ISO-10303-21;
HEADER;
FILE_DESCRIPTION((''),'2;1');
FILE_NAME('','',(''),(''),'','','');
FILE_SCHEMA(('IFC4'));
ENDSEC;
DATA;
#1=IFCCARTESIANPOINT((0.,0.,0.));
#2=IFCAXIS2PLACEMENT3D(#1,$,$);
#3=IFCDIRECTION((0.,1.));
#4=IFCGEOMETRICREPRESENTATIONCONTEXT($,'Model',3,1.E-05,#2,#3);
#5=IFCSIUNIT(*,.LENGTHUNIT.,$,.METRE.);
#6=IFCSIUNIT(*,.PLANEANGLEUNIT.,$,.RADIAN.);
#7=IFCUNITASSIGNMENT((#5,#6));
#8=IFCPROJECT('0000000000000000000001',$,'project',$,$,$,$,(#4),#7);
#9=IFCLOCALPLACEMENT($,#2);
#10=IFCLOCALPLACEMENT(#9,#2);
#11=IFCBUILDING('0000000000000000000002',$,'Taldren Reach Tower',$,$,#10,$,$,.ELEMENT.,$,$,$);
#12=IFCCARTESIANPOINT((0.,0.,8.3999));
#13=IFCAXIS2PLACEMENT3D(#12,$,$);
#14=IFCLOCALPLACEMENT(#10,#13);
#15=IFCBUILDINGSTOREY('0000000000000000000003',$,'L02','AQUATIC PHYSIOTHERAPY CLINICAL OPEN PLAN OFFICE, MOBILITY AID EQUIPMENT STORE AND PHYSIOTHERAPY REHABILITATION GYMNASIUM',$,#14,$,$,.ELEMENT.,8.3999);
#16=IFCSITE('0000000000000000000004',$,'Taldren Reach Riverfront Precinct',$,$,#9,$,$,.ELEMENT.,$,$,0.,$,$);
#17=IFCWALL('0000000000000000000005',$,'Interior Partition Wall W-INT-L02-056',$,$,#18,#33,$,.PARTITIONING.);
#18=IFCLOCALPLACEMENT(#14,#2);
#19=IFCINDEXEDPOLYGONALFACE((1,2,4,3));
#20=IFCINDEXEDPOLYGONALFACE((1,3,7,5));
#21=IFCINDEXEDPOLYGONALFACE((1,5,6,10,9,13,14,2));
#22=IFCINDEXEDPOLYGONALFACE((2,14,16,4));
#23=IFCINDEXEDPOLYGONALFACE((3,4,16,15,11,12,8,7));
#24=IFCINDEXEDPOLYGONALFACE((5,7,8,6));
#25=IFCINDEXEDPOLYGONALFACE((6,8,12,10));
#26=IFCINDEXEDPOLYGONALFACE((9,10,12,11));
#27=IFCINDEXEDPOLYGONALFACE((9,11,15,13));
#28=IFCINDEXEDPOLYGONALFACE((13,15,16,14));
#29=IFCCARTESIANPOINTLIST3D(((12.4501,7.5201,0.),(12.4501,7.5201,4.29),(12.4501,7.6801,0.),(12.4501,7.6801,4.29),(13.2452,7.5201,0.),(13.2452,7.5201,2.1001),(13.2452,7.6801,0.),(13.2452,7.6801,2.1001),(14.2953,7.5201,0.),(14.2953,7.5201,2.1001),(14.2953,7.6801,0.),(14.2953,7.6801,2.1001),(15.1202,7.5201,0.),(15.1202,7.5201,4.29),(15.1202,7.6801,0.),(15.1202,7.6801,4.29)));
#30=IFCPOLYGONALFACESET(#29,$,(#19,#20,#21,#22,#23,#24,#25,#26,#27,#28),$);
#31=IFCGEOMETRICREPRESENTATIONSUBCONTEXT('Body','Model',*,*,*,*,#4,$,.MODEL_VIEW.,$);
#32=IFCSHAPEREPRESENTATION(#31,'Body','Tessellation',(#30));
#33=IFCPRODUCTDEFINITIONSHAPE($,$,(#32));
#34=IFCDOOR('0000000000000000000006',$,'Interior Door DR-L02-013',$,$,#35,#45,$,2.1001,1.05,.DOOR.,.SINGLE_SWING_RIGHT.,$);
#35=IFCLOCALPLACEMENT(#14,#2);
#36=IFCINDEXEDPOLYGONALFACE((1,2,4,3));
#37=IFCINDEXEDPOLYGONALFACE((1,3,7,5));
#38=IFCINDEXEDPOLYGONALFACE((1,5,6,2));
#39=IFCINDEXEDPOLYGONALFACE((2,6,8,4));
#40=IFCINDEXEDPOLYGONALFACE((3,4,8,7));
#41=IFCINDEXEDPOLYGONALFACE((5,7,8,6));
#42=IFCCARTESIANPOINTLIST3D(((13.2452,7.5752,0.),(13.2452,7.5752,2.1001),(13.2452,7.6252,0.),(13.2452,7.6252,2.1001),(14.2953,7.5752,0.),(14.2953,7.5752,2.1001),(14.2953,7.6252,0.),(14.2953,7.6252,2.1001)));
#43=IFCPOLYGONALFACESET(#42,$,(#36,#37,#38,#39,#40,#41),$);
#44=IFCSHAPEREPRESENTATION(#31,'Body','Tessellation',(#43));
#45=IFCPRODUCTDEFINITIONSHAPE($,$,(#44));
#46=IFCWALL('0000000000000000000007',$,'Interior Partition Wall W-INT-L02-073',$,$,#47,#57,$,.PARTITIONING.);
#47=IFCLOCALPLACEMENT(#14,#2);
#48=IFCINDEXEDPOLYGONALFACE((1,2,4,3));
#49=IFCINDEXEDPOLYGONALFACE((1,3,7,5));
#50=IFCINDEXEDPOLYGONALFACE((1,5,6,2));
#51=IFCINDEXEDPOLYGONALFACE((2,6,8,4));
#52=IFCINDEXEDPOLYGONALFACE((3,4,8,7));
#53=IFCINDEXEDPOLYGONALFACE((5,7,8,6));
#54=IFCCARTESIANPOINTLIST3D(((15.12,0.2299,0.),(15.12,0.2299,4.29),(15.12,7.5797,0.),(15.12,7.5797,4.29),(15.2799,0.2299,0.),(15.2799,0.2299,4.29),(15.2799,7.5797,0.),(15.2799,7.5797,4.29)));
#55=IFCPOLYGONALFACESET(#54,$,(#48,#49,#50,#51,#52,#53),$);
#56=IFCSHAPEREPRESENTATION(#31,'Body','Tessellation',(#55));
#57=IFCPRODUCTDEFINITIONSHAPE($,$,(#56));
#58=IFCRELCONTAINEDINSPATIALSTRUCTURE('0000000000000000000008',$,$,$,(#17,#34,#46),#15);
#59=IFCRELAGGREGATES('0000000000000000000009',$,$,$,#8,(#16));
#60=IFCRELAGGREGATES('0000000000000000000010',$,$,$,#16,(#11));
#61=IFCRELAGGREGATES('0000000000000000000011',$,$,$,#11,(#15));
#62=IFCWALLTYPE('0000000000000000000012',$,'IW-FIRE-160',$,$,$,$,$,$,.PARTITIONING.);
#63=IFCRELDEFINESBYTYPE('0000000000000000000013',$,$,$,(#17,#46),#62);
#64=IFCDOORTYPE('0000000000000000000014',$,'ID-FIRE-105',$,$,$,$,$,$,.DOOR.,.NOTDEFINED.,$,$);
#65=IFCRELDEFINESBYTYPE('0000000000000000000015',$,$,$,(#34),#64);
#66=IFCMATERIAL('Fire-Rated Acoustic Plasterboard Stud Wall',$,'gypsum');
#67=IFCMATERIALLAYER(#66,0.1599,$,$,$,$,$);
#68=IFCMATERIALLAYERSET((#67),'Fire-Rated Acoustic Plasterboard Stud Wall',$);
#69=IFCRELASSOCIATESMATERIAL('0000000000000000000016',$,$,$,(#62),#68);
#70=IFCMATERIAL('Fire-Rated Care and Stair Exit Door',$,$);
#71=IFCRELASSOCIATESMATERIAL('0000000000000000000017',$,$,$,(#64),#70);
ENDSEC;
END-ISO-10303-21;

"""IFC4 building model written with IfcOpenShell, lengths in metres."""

from ifc_helpers import new_model, si_unit, direction, frame, frame_2d, origin, place, context, subcontext, project, spatial, rectangle, extrude, source, transform, mapped, material, layer, layer_set, type_object, element, fill, save


model = new_model("IFC4")

# Units and contexts
model_context = context("Model", 3, precision=1e-05, world=origin(), true_north=direction((0.0, 1.0)))
body_context = subcontext(model_context, "Body", "Model", "MODEL_VIEW")
ifc_project = project(units=[si_unit("LENGTHUNIT", "METRE"), si_unit("PLANEANGLEUNIT", "RADIAN")], contexts=[model_context])

# Site, building, storey
site_placement = place(None, origin())
site = spatial("IfcSite", under=ifc_project, at=site_placement, Name="Taldren Reach Riverfront Precinct", CompositionType="ELEMENT", RefElevation=0.0)
building_placement = place(site_placement, origin())
building = spatial("IfcBuilding", under=site, at=building_placement, Name="Taldren Reach Tower", CompositionType="ELEMENT")
storey_placement = place(building_placement, frame((0.0, 0.0, 8.3999)))
storey = spatial("IfcBuildingStorey", under=building, at=storey_placement, Name="L02", Description="AQUATIC PHYSIOTHERAPY CLINICAL OPEN PLAN OFFICE, MOBILITY AID EQUIPMENT STORE AND PHYSIOTHERAPY REHABILITATION GYMNASIUM", CompositionType="ELEMENT", Elevation=8.3999)

# Wall, opening, door
ifc_material_1 = material(Name="Fire-Rated Acoustic Plasterboard Stud Wall", Category="gypsum")
ifc_layer_1 = layer(ifc_material_1, 0.1599)
ifc_layer_set_1 = layer_set([ifc_layer_1], Name="Fire-Rated Acoustic Plasterboard Stud Wall")
wall_type_1 = type_object("IfcWallType", Name="IW-FIRE-160", PredefinedType="PARTITIONING", material=ifc_layer_set_1)
shared_shape_1 = source(origin(), body_context, "Body", "SweptSolid", [
    extrude(rectangle(XDim=2.6702, YDim=0.1599, at=frame_2d((1.335, 0.0))), origin(), (0.0, 0.0, 1.0), 4.29),
])
wall_1_placement = place(storey_placement, frame((15.1201, 7.6001, 0.0), z_axis=(0.0, 0.0, 1.0), x_axis=(-1.0, 0.0, 0.0)))
wall_1 = element("IfcWall", 1, at=wall_1_placement, inside=storey, type_object=wall_type_1, Name="Interior Partition Wall W-INT-L02-056", PredefinedType="PARTITIONING", context=body_context, shape_type="MappedRepresentation", body=[
    mapped(shared_shape_1, transform((0.0, 0.0, 0.0), scale=1.0)),
])
shared_shape_2 = source(origin(), body_context, "Body", "SweptSolid", [
    extrude(rectangle(XDim=1.05, YDim=2.1001, at=frame_2d((0.5249, 1.05))), frame((0.0, 0.0898, 0.0), z_axis=(0.0, -1.0, 0.0), x_axis=(1.0, 0.0, 0.0)), (0.0, 0.0, 1.0), 0.1799),
])
opening_1_placement = place(wall_1_placement, frame((0.825, 0.0, 0.0)))
opening_1 = element("IfcOpeningElement", 2, at=opening_1_placement, cuts=wall_1, PredefinedType="OPENING", context=body_context, shape_type="MappedRepresentation", body=[
    mapped(shared_shape_2, transform((0.0, 0.0, 0.0), scale=1.0)),
])
ifc_material_2 = material(Name="Fire-Rated Care and Stair Exit Door")
door_type = type_object("IfcDoorType", Name="ID-FIRE-105", OperationType="NOTDEFINED", PredefinedType="DOOR", material=ifc_material_2)
shared_shape_3 = source(origin(), body_context, "Body", "SweptSolid", [
    extrude(rectangle(XDim=1.05, YDim=2.1001, at=frame_2d((0.5249, 1.05))), frame((0.0, 0.0249, 0.0), z_axis=(0.0, -1.0, 0.0), x_axis=(1.0, 0.0, 0.0)), (0.0, 0.0, 1.0), 0.05),
])
door_placement = place(opening_1_placement, origin())
door = element("IfcDoor", 3, at=door_placement, inside=storey, type_object=door_type, Name="Interior Door DR-L02-013", OperationType="SINGLE_SWING_RIGHT", OverallHeight=2.1001, OverallWidth=1.05, PredefinedType="DOOR", context=body_context, shape_type="MappedRepresentation", body=[
    mapped(shared_shape_3, transform((0.0, 0.0, 0.0), scale=1.0)),
])
fill(opening_1, door)

# Wall
shared_shape_4 = source(origin(), body_context, "Body", "SweptSolid", [
    extrude(rectangle(XDim=7.3499, YDim=0.1599, at=frame_2d((3.6748, 0.0))), origin(), (0.0, 0.0, 1.0), 4.29),
])
wall_2_placement = place(storey_placement, frame((15.2, 0.23, 0.0), z_axis=(0.0, 0.0, 1.0), x_axis=(0.0, 1.0, 0.0)))
element("IfcWall", 4, at=wall_2_placement, inside=storey, type_object=wall_type_1, Name="Interior Partition Wall W-INT-L02-073", PredefinedType="PARTITIONING", context=body_context, shape_type="MappedRepresentation", body=[
    mapped(shared_shape_4, transform((0.0, 0.0, 0.0), scale=1.0)),
])

save(model, "model.ifc")
